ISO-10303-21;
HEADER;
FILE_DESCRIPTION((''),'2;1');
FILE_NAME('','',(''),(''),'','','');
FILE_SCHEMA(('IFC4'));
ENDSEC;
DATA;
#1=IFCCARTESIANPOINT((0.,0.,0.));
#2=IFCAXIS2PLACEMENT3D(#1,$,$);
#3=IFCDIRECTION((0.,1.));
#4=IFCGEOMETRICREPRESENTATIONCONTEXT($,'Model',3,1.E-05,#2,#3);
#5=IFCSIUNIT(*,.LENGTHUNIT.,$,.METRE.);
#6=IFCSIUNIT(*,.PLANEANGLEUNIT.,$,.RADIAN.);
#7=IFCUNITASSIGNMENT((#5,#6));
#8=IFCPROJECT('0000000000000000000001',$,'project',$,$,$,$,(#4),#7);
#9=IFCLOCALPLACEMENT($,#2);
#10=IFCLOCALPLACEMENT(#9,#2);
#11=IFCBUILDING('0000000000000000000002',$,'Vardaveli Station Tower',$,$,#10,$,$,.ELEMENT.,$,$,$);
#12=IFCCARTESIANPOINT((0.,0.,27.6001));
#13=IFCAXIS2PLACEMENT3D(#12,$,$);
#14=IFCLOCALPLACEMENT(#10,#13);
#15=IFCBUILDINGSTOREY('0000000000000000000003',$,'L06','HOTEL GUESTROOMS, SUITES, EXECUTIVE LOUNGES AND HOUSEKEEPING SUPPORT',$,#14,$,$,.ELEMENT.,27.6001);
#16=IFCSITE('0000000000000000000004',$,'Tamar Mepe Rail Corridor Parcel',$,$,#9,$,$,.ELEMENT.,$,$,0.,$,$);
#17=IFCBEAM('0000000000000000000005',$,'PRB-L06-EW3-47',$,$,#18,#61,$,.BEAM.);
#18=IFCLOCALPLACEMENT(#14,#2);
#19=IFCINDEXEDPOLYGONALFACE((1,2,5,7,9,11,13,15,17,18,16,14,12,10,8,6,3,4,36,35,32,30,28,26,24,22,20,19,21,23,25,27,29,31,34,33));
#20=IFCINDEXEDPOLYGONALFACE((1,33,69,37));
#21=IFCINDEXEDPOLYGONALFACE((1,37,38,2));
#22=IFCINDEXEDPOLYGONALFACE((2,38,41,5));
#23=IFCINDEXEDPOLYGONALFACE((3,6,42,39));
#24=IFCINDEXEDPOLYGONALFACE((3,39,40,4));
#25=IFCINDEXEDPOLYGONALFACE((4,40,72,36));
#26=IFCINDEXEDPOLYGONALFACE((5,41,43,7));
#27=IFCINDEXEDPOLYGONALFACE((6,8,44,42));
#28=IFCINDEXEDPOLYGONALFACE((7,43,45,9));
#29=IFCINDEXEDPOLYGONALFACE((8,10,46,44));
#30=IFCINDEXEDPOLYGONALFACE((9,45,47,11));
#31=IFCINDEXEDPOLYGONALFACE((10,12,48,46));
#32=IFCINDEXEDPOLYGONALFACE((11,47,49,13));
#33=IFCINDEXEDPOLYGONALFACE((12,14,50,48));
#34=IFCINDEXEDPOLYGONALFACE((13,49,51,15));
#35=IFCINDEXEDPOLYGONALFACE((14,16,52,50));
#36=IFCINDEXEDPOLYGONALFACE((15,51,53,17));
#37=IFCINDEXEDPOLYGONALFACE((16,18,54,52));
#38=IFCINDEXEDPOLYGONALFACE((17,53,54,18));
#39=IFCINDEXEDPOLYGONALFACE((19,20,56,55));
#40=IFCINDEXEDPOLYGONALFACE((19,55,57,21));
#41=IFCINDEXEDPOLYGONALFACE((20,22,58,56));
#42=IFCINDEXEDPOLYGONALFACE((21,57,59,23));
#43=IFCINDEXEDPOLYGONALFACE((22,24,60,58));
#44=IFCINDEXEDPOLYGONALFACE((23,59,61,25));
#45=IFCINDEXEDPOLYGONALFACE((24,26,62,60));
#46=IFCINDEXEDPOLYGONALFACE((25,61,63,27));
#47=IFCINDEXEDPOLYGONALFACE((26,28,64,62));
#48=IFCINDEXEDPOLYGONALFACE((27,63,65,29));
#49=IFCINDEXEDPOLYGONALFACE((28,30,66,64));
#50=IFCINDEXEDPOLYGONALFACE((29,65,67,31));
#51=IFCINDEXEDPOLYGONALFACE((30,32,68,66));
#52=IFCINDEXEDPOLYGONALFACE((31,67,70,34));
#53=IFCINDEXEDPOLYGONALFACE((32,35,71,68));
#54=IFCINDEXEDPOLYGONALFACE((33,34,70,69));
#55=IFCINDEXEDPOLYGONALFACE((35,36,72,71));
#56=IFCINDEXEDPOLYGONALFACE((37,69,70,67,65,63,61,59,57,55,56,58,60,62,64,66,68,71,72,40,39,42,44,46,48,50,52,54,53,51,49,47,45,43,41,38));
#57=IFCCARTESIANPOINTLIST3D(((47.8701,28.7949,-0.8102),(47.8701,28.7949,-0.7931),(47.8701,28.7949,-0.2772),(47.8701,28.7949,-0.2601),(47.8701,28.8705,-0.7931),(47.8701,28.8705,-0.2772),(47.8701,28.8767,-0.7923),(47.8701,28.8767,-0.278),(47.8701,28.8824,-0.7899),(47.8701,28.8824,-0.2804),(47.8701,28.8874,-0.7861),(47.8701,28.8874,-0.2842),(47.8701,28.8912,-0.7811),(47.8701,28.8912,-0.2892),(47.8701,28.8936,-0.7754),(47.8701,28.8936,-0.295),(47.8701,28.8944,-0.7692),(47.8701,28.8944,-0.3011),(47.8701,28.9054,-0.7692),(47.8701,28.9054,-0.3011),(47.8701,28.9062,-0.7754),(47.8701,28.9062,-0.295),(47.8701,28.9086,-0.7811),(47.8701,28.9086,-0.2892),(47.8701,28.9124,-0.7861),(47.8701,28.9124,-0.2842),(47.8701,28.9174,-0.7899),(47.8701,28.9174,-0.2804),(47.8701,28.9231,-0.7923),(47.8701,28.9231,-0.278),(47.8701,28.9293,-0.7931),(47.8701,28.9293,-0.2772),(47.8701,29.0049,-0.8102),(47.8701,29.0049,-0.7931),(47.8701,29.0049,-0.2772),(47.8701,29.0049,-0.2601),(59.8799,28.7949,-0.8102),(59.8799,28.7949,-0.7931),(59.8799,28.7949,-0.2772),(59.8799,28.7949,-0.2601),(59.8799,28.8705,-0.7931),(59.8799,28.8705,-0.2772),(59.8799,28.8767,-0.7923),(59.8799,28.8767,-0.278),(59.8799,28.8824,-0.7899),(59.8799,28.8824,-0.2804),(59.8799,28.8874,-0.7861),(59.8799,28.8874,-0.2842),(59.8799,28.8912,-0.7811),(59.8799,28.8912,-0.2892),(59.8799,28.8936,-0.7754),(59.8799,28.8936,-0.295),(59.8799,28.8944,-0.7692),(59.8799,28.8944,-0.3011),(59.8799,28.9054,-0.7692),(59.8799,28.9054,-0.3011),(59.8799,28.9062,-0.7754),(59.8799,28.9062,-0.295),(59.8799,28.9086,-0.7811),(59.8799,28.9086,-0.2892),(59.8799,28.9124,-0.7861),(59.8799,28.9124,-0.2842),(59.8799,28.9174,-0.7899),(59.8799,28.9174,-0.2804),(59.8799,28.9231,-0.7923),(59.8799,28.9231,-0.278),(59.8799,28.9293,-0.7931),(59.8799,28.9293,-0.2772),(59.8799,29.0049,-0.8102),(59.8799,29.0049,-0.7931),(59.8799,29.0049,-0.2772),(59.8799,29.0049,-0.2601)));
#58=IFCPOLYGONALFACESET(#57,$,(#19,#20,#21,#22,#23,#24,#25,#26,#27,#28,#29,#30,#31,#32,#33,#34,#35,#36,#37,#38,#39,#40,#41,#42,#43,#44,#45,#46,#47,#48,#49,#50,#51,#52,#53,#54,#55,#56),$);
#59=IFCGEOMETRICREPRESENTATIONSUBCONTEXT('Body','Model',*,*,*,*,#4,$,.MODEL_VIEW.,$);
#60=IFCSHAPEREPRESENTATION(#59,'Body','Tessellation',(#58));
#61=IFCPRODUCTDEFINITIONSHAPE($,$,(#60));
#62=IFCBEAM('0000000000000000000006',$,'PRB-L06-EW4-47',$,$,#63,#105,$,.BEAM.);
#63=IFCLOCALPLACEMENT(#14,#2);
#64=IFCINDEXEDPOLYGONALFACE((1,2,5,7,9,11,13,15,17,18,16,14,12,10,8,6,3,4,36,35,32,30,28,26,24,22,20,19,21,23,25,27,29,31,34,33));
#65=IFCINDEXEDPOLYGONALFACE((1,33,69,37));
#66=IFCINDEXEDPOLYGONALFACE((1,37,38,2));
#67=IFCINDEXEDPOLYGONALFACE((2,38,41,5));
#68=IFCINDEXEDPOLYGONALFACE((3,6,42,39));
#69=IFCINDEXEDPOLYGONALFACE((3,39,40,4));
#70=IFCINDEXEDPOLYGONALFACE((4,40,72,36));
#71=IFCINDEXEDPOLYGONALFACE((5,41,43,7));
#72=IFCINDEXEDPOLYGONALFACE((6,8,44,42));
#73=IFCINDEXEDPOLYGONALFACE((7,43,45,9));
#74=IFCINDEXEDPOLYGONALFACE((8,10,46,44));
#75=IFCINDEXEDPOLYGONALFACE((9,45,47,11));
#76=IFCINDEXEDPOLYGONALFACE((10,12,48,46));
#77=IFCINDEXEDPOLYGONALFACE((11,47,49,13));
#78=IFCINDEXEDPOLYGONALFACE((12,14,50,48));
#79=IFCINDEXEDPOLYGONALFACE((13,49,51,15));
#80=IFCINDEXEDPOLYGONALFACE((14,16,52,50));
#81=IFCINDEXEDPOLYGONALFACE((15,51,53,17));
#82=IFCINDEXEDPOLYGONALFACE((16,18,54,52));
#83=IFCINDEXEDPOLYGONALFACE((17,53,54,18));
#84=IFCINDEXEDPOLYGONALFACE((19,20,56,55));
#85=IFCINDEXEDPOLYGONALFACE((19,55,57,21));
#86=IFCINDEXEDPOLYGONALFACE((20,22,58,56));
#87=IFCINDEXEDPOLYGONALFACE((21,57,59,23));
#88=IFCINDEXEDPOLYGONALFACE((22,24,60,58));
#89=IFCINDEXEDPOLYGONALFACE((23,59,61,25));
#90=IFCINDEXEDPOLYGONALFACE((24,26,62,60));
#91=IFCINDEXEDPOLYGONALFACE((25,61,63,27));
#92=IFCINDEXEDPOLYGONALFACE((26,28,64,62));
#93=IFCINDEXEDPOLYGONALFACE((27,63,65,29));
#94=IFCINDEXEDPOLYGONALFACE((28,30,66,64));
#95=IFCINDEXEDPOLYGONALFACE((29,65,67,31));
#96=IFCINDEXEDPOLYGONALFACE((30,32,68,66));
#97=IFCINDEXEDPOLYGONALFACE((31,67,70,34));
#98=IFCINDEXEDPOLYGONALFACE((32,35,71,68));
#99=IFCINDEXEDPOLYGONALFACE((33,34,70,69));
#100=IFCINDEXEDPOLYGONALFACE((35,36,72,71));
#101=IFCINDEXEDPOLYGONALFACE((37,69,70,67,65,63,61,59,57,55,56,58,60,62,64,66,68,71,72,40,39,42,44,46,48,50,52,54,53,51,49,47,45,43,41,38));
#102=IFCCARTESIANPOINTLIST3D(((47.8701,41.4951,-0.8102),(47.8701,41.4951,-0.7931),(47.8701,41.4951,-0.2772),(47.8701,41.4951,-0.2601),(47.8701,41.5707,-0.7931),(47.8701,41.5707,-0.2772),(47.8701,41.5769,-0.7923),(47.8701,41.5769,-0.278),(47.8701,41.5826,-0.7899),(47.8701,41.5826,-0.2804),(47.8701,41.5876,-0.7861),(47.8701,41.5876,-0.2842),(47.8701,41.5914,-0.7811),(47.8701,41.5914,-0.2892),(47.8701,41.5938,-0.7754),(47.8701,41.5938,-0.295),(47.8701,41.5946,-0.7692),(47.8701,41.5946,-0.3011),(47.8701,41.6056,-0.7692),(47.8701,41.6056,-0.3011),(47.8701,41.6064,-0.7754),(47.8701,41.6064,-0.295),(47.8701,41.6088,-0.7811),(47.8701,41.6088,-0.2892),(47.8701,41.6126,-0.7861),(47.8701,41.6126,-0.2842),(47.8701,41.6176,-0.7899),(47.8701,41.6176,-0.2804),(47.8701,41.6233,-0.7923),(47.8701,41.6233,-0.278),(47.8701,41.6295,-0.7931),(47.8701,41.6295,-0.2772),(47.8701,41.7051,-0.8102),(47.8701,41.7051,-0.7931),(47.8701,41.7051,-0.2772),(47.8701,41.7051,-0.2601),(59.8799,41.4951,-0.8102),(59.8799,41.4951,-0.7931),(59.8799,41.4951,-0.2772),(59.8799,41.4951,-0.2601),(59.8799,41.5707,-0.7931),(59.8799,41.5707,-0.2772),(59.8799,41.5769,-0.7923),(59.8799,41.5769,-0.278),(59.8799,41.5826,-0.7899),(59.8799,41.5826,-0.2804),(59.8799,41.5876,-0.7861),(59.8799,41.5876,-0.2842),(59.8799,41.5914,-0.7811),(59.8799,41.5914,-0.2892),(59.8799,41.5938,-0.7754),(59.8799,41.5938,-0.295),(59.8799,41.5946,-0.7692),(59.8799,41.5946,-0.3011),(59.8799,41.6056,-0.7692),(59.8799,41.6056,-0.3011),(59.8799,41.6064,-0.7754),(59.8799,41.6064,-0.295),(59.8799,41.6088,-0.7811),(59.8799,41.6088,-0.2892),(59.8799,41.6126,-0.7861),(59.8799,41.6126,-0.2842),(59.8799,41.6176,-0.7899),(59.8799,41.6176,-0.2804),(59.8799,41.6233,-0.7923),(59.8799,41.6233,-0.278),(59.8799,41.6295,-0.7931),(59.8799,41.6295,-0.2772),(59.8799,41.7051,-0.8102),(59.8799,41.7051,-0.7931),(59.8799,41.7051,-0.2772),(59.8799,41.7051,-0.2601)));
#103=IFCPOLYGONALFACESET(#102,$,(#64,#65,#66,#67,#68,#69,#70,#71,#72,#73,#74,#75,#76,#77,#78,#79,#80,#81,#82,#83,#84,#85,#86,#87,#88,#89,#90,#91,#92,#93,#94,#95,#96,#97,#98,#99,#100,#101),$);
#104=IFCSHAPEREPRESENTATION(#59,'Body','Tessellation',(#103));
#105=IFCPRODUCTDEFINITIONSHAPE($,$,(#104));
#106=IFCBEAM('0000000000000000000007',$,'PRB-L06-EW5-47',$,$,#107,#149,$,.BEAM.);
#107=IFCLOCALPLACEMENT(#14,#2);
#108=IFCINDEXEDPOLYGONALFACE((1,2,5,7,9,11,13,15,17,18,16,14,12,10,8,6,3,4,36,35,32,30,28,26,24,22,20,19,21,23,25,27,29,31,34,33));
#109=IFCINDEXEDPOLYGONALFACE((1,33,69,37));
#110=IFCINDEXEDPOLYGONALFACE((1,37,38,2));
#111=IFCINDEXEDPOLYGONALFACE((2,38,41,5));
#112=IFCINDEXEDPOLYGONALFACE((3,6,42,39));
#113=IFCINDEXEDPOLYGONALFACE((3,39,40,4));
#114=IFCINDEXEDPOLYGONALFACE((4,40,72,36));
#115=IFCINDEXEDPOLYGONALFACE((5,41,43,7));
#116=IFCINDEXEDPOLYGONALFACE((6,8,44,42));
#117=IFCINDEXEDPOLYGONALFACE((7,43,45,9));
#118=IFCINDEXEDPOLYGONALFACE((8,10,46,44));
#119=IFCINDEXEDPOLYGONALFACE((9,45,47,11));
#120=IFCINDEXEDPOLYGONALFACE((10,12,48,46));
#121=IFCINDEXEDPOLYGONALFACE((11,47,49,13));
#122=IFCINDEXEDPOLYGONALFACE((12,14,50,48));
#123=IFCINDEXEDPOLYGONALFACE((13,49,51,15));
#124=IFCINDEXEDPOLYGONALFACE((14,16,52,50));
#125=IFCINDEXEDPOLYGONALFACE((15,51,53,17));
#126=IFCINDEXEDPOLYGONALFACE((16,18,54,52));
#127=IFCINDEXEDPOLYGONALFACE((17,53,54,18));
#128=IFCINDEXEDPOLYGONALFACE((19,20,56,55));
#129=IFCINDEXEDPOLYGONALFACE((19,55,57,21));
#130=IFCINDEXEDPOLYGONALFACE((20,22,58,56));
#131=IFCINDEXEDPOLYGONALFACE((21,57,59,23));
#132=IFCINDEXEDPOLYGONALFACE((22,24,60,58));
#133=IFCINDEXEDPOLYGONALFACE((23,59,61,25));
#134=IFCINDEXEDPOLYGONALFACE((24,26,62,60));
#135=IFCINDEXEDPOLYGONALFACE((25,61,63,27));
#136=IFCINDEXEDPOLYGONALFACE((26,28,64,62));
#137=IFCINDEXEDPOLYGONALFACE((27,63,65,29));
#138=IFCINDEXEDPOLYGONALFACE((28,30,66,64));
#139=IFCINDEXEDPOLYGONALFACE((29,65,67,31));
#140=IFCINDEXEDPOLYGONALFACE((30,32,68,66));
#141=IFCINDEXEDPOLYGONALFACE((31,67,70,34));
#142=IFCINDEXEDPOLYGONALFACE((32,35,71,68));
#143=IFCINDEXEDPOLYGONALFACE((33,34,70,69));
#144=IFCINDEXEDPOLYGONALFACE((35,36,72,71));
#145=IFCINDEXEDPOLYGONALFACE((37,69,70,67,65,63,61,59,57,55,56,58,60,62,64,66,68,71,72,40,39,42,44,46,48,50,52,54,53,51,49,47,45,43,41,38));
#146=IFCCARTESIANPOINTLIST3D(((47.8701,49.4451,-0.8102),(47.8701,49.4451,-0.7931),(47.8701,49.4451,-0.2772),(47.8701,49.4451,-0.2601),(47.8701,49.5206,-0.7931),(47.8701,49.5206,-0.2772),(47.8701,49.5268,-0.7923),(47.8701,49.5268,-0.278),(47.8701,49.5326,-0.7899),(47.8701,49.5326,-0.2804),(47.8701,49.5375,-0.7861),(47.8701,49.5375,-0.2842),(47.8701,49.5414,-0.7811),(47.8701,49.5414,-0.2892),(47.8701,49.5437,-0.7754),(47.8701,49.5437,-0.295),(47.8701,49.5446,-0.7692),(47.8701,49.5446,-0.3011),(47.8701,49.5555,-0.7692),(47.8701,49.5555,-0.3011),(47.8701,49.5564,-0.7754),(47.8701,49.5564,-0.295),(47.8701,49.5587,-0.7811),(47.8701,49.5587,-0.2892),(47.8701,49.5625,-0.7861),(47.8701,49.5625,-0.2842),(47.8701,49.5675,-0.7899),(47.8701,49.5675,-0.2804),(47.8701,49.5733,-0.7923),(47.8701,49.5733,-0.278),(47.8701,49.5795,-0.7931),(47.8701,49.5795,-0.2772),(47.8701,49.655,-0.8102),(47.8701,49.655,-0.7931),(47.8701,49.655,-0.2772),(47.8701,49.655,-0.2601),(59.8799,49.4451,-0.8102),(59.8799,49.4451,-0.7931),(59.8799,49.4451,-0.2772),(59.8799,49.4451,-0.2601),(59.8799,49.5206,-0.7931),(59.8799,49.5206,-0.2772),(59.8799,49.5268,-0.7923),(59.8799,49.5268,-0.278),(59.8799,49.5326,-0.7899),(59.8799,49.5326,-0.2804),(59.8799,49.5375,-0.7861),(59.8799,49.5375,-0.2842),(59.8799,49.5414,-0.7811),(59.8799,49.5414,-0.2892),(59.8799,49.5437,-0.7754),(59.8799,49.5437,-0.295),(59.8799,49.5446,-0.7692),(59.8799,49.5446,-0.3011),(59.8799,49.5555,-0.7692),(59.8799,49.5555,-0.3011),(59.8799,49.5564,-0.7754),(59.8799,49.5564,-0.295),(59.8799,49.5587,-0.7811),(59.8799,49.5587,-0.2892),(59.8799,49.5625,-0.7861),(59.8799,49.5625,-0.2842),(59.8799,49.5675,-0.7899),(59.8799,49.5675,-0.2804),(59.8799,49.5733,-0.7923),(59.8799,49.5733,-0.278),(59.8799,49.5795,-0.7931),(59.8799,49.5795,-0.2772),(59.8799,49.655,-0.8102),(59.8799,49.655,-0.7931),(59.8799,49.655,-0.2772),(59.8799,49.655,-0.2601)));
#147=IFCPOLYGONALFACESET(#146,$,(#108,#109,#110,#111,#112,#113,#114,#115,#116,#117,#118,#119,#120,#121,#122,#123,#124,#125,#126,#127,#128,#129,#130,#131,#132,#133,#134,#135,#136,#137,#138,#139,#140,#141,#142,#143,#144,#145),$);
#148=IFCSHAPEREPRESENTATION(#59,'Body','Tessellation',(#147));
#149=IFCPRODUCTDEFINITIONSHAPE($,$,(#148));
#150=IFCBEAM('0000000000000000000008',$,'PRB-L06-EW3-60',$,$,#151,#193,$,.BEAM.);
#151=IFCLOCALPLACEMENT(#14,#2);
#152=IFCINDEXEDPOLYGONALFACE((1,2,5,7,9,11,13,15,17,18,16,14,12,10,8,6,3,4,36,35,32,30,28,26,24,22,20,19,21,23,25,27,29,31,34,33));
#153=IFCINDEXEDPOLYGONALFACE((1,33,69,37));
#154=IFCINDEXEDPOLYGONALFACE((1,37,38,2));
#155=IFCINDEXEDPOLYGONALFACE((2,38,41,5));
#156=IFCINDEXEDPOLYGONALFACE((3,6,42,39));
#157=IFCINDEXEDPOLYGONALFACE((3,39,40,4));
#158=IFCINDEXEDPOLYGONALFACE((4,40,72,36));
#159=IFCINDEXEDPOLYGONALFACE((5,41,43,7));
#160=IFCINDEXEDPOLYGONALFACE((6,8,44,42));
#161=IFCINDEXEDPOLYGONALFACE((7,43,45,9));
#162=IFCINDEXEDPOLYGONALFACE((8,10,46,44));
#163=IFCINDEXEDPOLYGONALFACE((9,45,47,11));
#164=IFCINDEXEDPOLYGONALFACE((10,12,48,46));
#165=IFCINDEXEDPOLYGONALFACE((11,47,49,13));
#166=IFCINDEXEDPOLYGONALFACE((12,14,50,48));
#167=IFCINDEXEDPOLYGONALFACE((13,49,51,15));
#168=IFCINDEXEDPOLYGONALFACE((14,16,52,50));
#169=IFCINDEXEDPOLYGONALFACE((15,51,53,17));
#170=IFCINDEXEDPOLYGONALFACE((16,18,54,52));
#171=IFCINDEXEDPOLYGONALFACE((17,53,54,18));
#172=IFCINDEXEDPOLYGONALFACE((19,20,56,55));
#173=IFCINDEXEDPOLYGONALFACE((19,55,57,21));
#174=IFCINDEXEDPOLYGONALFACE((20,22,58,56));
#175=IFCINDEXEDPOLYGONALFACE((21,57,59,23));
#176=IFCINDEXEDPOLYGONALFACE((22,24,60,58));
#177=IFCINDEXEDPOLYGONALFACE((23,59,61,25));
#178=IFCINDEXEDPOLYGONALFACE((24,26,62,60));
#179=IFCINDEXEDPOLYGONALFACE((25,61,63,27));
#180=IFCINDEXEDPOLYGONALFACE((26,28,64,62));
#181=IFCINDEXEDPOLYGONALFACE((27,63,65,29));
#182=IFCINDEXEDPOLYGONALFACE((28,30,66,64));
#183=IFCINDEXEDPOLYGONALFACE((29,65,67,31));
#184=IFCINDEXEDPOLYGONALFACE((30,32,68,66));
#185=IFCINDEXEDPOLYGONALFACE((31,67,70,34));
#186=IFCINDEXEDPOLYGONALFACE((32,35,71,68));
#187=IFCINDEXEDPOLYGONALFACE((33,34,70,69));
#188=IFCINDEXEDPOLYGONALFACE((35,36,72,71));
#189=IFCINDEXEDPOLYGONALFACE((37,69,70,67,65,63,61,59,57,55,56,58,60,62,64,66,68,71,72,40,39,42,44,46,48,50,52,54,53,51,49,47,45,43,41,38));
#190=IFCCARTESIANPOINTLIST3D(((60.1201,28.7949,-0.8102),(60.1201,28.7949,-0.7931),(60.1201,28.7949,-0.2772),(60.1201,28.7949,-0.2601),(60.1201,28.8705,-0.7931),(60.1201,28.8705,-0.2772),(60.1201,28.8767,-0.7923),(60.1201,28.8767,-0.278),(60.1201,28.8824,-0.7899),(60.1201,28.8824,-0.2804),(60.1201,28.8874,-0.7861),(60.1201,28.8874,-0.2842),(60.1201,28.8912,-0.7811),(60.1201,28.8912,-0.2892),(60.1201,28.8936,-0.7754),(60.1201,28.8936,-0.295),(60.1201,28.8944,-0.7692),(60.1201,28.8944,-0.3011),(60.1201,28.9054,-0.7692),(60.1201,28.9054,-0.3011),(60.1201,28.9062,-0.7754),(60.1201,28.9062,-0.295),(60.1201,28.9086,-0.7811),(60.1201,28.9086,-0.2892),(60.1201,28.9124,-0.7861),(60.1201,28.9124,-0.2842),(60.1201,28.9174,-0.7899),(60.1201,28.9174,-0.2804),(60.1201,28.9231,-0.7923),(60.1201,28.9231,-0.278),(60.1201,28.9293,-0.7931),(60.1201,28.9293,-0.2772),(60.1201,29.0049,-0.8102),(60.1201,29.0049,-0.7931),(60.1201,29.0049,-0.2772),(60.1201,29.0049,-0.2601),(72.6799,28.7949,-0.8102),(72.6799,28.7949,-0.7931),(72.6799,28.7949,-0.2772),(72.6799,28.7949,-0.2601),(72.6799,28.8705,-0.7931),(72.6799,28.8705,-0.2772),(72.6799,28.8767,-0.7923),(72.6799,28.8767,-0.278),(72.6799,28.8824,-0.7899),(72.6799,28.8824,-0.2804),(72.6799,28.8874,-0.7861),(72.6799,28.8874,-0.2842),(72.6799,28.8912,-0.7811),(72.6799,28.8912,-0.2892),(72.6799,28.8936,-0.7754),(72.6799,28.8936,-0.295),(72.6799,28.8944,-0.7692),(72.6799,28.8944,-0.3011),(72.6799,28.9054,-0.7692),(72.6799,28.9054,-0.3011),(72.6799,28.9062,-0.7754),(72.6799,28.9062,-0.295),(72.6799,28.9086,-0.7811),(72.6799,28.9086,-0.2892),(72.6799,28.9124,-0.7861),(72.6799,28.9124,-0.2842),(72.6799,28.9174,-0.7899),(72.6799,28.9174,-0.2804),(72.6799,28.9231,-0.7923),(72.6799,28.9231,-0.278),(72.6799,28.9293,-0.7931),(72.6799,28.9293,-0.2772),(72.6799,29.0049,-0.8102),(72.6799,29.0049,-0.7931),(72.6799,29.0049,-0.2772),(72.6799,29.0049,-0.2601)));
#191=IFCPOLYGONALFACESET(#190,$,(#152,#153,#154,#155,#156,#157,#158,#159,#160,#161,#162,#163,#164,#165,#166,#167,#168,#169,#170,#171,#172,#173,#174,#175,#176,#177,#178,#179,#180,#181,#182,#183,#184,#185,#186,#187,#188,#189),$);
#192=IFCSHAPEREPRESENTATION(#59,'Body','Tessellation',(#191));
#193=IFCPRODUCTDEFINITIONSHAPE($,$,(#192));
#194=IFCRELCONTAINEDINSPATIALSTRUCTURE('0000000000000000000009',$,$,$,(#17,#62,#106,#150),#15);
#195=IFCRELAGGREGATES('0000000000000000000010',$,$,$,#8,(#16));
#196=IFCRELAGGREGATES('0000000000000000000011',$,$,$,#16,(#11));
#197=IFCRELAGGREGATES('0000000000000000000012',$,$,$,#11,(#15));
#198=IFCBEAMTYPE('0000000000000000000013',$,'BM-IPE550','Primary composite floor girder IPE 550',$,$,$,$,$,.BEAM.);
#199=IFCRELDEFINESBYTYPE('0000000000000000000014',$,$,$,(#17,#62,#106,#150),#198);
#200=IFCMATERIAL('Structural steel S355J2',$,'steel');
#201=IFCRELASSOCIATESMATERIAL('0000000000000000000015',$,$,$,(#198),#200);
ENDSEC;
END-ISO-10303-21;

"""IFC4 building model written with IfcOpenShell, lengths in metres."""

from ifc_helpers import new_model, si_unit, direction, frame, origin, origin_2d, place, context, subcontext, project, spatial, i_section, extrude, source, transform, mapped, material, material_profile, profile_set, type_object, element, save


model = new_model("IFC4")

# Units and contexts
model_context = context("Model", 3, precision=1e-05, world=origin(), true_north=direction((0.0, 1.0)))
body_context = subcontext(model_context, "Body", "Model", "MODEL_VIEW")
ifc_project = project(units=[si_unit("LENGTHUNIT", "METRE"), si_unit("PLANEANGLEUNIT", "RADIAN")], contexts=[model_context])

# Site, building, storey
site_placement = place(None, origin())
site = spatial("IfcSite", under=ifc_project, at=site_placement, Name="Tamar Mepe Rail Corridor Parcel", CompositionType="ELEMENT", RefElevation=0.0)
building_placement = place(site_placement, origin())
building = spatial("IfcBuilding", under=site, at=building_placement, Name="Vardaveli Station Tower", CompositionType="ELEMENT")
storey_placement = place(building_placement, frame((0.0, 0.0, 27.6001)))
storey = spatial("IfcBuildingStorey", under=building, at=storey_placement, Name="L06", Description="HOTEL GUESTROOMS, SUITES, EXECUTIVE LOUNGES AND HOUSEKEEPING SUPPORT", CompositionType="ELEMENT", Elevation=27.6001)

# Beams
ifc_material_1 = material(Name="Structural steel S355J2", Category="steel")
ifc_material_profile_1 = material_profile(ifc_material_1, i_section(OverallWidth=0.21, OverallDepth=0.55, WebThickness=0.011, FlangeThickness=0.0171, FilletRadius=0.0239, at=origin_2d()), Name="IPE 550")
ifc_profile_set_1 = profile_set([ifc_material_profile_1], Name="Structural steel S355J2")
beam_type_1 = type_object("IfcBeamType", Name="BM-IPE550", Description="Primary composite floor girder IPE 550", PredefinedType="BEAM", material=ifc_profile_set_1)
shared_shape_1 = source(origin(), body_context, "Body", "SweptSolid", [
    extrude(i_section(OverallWidth=0.21, OverallDepth=0.55, WebThickness=0.011, FlangeThickness=0.0171, FilletRadius=0.0239, at=origin_2d()), origin(), (0.0, 0.0, 1.0), 12.0098),
])
for number, where, z_axis, x_axis, name in (
    (1, (47.8701, 28.8999, -0.5352), (1.0, 0.0, 0.0), (0.0, 1.0, 0.0), "PRB-L06-EW3-47"),
    (2, (47.8701, 41.6001, -0.5352), (1.0, 0.0, 0.0), (0.0, 1.0, 0.0), "PRB-L06-EW4-47"),
    (3, (47.8701, 49.55, -0.5352), (1.0, 0.0, 0.0), (0.0, 1.0, 0.0), "PRB-L06-EW5-47"),
):
    element("IfcBeam", number, at=place(storey_placement, frame(where, z_axis=z_axis, x_axis=x_axis)), inside=storey, type_object=beam_type_1, Name=name, PredefinedType="BEAM", context=body_context, shape_type="MappedRepresentation", body=[
        mapped(shared_shape_1, transform((0.0, 0.0, 0.0), scale=1.0)),
    ])
shared_shape_2 = source(origin(), body_context, "Body", "SweptSolid", [
    extrude(i_section(OverallWidth=0.21, OverallDepth=0.55, WebThickness=0.011, FlangeThickness=0.0171, FilletRadius=0.0239, at=origin_2d()), origin(), (0.0, 0.0, 1.0), 12.5598),
])
for number, where, z_axis, x_axis, name in (
    (4, (60.1201, 28.8999, -0.5352), (1.0, 0.0, 0.0), (0.0, 1.0, 0.0), "PRB-L06-EW3-60"),
):
    element("IfcBeam", number, at=place(storey_placement, frame(where, z_axis=z_axis, x_axis=x_axis)), inside=storey, type_object=beam_type_1, Name=name, PredefinedType="BEAM", context=body_context, shape_type="MappedRepresentation", body=[
        mapped(shared_shape_2, transform((0.0, 0.0, 0.0), scale=1.0)),
    ])

save(model, "model.ifc")
